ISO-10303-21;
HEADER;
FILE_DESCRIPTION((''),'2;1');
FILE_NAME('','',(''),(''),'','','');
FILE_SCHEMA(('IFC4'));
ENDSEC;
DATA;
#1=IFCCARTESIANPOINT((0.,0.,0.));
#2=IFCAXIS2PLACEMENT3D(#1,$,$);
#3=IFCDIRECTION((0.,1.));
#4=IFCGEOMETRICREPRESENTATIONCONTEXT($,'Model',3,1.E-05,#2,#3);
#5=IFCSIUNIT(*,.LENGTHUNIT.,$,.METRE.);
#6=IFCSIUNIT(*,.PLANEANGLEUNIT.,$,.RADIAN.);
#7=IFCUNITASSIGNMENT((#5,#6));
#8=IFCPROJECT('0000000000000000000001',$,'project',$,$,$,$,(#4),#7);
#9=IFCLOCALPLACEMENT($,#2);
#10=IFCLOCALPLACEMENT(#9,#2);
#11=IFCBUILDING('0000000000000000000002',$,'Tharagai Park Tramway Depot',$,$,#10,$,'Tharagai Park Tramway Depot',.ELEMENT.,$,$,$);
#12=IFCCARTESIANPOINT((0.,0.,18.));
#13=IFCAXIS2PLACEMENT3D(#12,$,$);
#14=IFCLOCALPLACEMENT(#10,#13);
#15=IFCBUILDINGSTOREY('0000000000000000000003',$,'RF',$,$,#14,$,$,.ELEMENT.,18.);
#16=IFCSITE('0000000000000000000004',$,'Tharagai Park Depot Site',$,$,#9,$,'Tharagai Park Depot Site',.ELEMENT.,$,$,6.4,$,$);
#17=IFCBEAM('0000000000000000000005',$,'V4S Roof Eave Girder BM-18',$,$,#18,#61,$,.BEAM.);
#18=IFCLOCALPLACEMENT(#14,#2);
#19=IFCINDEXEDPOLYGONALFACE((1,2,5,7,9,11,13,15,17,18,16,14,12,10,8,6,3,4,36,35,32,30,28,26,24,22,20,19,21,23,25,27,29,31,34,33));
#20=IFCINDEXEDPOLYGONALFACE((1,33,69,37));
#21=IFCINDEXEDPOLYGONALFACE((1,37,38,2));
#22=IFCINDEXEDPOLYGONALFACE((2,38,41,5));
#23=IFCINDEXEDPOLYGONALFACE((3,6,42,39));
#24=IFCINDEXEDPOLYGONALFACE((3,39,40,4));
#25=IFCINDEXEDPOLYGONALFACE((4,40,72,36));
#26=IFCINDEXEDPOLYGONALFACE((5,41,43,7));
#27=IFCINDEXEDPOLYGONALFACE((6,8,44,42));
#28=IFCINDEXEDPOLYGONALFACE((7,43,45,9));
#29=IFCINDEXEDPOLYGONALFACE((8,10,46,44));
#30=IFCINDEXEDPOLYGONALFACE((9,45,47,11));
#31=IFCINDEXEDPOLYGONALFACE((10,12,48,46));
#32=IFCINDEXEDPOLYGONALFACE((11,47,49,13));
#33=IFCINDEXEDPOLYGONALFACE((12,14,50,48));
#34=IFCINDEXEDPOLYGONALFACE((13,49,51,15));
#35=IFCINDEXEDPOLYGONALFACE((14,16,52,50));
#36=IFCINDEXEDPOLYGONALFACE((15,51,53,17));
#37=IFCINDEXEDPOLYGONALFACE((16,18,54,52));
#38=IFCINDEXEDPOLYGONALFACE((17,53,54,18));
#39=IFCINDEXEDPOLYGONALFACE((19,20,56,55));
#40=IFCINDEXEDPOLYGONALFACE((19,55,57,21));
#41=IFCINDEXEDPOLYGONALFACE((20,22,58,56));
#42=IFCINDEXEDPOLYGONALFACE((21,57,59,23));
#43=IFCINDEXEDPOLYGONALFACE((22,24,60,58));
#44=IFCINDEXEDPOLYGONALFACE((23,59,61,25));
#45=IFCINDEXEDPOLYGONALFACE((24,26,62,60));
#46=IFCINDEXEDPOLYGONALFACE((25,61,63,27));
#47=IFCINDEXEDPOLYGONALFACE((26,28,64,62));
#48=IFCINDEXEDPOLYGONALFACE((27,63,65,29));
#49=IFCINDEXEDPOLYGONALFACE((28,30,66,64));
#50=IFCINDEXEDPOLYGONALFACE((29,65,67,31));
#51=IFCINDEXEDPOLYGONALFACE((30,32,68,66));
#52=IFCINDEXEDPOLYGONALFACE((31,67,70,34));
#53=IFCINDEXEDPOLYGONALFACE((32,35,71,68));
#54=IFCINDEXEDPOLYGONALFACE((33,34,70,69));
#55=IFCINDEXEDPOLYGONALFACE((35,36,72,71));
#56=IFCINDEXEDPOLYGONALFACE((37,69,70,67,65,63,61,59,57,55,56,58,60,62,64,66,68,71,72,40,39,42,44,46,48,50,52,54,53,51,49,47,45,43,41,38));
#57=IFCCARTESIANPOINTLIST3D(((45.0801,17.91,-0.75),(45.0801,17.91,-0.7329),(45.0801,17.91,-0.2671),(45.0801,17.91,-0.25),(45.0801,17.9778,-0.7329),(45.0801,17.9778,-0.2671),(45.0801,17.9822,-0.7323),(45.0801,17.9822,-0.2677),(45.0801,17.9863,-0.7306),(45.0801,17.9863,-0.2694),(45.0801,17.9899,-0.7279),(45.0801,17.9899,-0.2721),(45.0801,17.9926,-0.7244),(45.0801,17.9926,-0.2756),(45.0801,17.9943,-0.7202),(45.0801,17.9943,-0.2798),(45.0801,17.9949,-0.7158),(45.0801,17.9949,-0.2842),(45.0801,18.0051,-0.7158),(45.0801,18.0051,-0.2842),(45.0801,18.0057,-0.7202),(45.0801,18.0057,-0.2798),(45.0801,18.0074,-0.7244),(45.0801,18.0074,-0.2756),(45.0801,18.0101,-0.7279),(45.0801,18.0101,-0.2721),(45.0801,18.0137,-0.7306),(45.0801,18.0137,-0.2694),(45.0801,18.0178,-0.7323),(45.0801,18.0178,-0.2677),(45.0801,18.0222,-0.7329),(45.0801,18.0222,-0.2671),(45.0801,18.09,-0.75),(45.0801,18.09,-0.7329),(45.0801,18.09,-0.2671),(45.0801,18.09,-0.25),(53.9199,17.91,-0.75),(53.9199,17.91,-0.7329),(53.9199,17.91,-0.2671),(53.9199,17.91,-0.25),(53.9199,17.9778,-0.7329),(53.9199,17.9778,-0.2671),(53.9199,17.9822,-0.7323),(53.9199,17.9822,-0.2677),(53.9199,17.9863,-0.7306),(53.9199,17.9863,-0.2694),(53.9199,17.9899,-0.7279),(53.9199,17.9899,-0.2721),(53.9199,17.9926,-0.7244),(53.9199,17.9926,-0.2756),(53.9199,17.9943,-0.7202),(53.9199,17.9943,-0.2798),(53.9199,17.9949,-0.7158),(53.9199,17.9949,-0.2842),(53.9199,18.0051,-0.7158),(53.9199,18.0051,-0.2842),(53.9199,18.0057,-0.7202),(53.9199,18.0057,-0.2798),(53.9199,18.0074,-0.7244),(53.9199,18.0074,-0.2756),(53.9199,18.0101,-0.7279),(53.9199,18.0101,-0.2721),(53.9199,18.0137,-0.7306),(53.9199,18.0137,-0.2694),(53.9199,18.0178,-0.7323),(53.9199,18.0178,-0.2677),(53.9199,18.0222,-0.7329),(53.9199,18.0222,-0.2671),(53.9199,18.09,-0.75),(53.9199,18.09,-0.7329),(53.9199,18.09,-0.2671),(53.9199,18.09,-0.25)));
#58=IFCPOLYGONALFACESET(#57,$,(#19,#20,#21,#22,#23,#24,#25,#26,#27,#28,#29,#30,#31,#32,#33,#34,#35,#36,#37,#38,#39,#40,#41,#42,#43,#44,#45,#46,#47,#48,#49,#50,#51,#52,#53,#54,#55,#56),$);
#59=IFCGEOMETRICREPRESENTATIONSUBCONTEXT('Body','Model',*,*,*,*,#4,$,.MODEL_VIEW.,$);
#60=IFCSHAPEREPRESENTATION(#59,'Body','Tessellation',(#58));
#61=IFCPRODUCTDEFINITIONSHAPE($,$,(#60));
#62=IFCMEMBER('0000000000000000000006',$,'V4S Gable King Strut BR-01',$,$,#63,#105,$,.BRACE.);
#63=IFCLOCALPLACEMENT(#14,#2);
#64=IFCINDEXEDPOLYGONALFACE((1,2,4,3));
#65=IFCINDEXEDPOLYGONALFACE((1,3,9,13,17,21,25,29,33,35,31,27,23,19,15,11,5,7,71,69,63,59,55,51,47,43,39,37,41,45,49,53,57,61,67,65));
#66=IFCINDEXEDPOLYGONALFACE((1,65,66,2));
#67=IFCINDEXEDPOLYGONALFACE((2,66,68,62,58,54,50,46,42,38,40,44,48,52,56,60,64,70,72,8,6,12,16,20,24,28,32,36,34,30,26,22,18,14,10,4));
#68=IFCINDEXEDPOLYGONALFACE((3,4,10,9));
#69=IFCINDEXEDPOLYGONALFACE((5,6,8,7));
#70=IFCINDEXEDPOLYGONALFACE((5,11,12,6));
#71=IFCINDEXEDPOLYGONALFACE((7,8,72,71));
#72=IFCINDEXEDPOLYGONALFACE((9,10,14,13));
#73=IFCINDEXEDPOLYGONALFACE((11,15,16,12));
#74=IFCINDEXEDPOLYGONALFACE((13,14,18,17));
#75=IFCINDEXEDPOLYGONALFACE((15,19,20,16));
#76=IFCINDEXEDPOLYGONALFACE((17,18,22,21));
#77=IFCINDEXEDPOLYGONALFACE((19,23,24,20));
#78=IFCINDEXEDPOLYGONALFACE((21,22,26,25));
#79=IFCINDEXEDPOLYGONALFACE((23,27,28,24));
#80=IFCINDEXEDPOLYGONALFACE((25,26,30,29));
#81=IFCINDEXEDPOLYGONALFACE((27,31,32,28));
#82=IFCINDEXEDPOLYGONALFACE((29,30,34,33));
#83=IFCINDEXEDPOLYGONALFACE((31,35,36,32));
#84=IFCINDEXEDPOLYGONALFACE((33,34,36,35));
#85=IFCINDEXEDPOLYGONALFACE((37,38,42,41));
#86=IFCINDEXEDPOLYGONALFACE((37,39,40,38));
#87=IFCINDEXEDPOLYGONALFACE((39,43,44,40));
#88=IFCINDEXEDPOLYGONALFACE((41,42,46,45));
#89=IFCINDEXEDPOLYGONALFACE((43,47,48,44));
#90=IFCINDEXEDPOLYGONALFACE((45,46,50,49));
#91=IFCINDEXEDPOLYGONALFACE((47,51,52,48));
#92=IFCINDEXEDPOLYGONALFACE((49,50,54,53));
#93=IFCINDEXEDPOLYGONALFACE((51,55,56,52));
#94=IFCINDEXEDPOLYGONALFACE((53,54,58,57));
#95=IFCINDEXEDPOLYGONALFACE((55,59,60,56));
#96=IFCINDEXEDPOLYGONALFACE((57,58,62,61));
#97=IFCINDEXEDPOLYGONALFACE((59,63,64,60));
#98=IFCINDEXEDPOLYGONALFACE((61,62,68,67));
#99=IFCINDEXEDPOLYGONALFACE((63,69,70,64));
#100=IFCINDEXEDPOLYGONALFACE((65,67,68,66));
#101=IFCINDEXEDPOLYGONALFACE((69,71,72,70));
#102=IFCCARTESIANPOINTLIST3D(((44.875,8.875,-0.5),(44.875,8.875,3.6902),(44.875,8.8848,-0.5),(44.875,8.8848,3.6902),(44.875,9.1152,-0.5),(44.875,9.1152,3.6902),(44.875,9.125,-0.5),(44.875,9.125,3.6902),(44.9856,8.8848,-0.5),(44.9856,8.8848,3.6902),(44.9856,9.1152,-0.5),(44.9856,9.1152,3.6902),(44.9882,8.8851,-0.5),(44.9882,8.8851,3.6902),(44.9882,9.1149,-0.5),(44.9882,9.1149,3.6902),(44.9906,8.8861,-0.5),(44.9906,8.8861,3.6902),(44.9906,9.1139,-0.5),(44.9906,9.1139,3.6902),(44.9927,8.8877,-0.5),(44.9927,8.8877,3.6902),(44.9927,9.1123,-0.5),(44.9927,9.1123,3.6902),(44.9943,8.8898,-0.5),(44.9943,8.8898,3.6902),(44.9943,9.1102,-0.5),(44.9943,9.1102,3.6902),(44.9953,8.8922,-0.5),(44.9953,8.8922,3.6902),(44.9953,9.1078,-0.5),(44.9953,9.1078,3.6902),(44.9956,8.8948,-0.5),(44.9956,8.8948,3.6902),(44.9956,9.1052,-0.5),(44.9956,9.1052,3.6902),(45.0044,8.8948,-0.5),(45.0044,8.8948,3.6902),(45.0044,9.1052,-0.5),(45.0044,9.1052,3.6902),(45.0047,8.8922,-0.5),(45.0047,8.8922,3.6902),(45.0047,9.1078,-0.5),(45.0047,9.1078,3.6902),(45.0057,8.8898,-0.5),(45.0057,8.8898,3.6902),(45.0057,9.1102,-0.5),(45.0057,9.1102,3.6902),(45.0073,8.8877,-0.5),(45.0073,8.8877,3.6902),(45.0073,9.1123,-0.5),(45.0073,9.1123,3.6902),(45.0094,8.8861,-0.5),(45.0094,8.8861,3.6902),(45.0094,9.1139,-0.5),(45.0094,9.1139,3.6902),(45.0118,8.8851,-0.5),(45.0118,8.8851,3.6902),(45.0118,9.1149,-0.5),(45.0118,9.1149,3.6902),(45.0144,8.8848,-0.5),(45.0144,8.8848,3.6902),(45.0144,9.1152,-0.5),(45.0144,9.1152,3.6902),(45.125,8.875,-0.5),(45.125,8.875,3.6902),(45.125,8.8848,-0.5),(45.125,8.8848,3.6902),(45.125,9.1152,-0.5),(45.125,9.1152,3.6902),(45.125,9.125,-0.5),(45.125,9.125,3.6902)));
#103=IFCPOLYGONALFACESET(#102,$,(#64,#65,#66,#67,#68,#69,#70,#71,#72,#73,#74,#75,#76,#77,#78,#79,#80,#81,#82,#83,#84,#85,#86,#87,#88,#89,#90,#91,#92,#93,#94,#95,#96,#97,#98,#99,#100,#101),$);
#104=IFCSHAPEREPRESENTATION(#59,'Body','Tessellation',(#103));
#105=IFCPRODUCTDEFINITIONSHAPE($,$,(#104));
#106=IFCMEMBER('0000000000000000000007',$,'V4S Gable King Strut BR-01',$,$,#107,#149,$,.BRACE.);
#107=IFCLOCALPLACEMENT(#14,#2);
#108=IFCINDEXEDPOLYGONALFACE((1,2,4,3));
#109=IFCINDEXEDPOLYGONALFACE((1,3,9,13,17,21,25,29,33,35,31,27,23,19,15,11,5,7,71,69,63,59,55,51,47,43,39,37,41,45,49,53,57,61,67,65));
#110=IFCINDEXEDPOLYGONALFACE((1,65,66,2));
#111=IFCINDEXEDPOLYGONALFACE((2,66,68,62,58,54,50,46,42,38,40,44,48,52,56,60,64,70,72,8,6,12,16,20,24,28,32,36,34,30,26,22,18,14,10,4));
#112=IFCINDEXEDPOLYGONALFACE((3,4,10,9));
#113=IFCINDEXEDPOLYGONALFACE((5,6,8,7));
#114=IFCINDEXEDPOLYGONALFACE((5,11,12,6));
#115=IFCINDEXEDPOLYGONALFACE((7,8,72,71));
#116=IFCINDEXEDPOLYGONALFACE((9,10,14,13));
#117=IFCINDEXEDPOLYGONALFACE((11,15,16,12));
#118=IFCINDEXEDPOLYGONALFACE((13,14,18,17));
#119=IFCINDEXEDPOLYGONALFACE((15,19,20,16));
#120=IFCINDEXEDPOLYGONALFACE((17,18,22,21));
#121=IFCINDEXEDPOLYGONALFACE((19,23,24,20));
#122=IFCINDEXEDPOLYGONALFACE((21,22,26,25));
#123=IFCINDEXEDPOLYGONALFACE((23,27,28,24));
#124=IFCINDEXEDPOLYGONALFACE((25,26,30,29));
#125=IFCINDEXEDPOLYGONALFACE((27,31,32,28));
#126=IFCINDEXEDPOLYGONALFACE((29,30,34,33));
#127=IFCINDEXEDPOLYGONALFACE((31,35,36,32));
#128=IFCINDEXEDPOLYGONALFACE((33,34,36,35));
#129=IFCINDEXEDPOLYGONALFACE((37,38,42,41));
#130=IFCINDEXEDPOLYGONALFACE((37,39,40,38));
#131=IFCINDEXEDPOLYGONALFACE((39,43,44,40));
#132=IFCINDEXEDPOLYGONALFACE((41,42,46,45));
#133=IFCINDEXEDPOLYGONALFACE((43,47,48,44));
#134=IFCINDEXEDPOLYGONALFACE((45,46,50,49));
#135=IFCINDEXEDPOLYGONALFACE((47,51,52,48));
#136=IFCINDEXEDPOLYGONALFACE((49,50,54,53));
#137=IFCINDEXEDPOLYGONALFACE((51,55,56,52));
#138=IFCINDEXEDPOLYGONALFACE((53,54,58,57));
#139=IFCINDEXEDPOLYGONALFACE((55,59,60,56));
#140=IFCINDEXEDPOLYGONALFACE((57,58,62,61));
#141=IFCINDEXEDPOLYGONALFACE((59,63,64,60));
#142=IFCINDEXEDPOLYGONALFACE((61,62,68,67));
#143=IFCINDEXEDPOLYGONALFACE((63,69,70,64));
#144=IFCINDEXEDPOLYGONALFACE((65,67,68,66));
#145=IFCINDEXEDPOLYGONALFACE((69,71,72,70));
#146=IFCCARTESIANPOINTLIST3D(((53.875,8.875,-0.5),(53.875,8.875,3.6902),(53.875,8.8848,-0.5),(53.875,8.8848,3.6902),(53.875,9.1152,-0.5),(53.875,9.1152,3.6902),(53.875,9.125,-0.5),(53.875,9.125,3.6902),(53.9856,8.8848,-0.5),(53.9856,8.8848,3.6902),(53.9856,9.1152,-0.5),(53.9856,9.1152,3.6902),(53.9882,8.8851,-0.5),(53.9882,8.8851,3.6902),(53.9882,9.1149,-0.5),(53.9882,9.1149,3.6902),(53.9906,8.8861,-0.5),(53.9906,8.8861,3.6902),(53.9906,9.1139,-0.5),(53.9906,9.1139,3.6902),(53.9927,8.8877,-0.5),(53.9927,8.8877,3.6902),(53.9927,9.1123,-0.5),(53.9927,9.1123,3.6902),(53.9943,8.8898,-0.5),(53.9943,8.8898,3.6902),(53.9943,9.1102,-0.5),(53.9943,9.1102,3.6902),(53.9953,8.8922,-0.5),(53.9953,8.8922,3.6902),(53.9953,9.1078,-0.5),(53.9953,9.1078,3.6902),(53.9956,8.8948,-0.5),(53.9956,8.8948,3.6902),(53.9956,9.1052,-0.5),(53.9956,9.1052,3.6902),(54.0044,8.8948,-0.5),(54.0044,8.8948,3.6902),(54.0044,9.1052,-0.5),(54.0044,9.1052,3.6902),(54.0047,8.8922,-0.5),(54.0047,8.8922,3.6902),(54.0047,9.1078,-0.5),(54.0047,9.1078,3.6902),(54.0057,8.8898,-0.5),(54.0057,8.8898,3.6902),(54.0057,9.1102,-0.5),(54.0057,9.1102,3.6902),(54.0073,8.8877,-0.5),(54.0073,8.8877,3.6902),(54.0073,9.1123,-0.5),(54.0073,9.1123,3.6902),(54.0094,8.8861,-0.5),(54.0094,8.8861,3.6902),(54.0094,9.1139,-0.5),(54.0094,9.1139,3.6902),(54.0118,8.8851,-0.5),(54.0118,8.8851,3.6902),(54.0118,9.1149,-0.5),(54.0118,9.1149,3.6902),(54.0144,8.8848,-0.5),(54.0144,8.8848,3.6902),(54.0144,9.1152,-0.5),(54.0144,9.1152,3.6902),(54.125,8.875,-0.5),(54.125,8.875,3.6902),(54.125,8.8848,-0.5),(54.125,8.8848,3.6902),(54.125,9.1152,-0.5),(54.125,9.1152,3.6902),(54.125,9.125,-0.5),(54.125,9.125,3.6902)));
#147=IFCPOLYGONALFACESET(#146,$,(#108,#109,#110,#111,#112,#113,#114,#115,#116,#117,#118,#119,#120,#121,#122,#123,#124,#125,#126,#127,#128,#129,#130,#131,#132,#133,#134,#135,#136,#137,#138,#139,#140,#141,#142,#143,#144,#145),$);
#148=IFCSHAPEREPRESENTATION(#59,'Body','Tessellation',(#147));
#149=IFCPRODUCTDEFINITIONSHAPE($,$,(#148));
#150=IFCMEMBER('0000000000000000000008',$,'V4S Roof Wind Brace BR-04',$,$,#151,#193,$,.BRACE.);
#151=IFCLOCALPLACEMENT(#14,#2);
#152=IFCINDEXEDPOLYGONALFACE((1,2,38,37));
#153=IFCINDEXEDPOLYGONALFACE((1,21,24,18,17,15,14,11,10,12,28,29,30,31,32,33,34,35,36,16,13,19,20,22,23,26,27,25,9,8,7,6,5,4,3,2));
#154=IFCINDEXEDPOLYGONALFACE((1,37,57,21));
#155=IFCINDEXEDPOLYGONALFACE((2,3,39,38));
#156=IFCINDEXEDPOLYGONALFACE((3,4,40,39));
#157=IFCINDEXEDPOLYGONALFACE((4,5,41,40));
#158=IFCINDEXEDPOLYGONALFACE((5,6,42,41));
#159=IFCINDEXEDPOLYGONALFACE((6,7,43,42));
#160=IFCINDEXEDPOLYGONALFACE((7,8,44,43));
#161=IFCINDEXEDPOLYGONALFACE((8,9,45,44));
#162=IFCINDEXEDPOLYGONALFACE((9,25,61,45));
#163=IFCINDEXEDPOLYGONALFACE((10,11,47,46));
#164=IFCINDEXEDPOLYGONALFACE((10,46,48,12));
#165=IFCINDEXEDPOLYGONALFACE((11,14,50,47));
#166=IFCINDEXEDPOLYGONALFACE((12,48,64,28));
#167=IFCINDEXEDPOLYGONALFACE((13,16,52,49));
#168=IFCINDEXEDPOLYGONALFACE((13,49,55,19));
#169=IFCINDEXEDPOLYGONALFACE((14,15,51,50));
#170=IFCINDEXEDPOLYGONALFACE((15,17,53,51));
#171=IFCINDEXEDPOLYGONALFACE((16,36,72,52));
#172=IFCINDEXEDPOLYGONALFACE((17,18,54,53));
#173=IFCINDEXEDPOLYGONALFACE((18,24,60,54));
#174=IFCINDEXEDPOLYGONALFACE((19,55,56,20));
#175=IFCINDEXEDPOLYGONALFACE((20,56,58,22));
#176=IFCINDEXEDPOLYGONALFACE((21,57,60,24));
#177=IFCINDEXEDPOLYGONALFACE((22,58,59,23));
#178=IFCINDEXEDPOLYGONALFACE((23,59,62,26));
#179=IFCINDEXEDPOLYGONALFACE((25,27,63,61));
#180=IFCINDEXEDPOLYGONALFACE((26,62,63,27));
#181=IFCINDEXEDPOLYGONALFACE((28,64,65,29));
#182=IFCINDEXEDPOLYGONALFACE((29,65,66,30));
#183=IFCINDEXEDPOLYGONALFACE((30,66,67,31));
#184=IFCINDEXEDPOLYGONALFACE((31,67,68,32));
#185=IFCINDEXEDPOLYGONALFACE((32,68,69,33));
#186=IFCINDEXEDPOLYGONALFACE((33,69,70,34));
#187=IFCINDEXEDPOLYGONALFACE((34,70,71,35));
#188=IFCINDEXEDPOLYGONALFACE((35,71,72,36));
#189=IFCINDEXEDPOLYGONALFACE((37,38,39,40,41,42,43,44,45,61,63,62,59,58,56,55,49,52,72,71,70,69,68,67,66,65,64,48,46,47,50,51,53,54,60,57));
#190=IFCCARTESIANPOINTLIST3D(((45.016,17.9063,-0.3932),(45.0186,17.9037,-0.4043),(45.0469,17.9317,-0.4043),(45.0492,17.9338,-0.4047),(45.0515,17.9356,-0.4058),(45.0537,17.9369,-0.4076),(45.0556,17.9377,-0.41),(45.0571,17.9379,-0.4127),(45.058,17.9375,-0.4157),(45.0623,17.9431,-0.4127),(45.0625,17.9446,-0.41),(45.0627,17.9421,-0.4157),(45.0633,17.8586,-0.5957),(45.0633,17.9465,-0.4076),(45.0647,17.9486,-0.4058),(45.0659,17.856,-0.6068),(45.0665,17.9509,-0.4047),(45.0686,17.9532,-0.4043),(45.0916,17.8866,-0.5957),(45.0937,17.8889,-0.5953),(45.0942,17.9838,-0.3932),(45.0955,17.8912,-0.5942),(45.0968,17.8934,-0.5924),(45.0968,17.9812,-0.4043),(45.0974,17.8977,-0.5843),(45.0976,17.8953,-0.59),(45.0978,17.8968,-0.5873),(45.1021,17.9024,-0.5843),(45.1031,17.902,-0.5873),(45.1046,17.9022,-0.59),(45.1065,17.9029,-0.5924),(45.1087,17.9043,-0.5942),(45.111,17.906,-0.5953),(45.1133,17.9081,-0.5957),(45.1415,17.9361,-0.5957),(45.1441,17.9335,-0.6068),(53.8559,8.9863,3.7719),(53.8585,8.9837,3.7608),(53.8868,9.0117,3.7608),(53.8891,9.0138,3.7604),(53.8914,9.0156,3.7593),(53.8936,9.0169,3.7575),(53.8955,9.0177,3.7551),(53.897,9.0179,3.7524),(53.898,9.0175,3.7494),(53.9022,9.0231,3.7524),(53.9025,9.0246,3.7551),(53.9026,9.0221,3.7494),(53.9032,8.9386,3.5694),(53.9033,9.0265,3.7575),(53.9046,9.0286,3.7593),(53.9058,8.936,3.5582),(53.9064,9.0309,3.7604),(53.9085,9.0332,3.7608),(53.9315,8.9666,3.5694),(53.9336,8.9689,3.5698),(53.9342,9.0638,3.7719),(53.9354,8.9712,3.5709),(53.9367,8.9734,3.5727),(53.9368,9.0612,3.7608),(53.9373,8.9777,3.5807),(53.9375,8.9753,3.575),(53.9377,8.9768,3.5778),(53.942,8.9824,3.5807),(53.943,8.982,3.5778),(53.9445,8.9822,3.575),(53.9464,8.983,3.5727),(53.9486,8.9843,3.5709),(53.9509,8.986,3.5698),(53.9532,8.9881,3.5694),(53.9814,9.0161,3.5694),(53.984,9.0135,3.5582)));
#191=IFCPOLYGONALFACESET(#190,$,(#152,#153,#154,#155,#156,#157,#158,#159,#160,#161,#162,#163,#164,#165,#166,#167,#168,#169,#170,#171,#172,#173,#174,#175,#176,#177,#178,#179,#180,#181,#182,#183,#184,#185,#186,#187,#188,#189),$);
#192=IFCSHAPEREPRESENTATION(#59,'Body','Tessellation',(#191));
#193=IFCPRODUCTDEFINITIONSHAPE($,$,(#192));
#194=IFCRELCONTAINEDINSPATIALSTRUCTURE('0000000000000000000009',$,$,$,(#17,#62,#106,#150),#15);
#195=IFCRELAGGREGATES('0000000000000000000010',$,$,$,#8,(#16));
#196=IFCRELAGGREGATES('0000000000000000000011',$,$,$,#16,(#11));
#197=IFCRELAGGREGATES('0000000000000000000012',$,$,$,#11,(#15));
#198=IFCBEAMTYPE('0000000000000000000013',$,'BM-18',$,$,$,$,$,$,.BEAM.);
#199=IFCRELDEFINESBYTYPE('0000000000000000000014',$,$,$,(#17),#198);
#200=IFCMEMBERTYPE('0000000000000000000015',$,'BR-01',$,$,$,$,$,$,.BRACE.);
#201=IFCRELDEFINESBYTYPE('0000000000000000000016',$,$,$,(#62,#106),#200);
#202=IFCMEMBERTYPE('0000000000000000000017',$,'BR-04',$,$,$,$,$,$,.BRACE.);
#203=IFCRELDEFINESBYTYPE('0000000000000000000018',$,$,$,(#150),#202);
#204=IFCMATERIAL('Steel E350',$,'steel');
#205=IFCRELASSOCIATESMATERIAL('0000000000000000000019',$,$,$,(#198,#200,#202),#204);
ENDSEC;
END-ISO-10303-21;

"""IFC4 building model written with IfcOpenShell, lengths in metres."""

from ifc_helpers import new_model, si_unit, direction, frame, origin, origin_2d, place, context, subcontext, project, spatial, i_section, extrude, material, material_profile, profile_set, type_object, element, save


model = new_model("IFC4")

# Units and contexts
model_context = context("Model", 3, precision=1e-05, world=origin(), true_north=direction((0.0, 1.0)))
body_context = subcontext(model_context, "Body", "Model", "MODEL_VIEW")
ifc_project = project(units=[si_unit("LENGTHUNIT", "METRE"), si_unit("PLANEANGLEUNIT", "RADIAN")], contexts=[model_context])

# Site, building, storey
site_placement = place(None, origin())
site = spatial("IfcSite", under=ifc_project, at=site_placement, Name="Tharagai Park Depot Site", LongName="Tharagai Park Depot Site", CompositionType="ELEMENT", RefElevation=6.4)
building_placement = place(site_placement, origin())
building = spatial("IfcBuilding", under=site, at=building_placement, Name="Tharagai Park Tramway Depot", LongName="Tharagai Park Tramway Depot", CompositionType="ELEMENT")
storey_placement = place(building_placement, frame((0.0, 0.0, 18.0)))
storey = spatial("IfcBuildingStorey", under=building, at=storey_placement, Name="RF", CompositionType="ELEMENT", Elevation=18.0)

# Beam
ifc_material_1 = material(Name="Steel E350", Category="steel")
ifc_material_profile_1 = material_profile(ifc_material_1, i_section(OverallWidth=0.1799, OverallDepth=0.5, WebThickness=0.0103, FlangeThickness=0.0171, FilletRadius=0.0171, at=origin_2d()), Name="ISMB 500")
ifc_profile_set_1 = profile_set([ifc_material_profile_1], Name="Steel E350")
beam_type_1 = type_object("IfcBeamType", Name="BM-18", PredefinedType="BEAM", material=ifc_profile_set_1)
for number, where, z_axis, x_axis, name in (
    (1, (45.0801, 18.0, -0.5), (1.0, 0.0, 0.0), (0.0, 1.0, 0.0), "V4S Roof Eave Girder BM-18"),
):
    element("IfcBeam", number, at=place(storey_placement, frame(where, z_axis=z_axis, x_axis=x_axis)), inside=storey, type_object=beam_type_1, Name=name, PredefinedType="BEAM", context=body_context, shape_type="SweptSolid", body=[
        extrude(i_section(OverallWidth=0.1799, OverallDepth=0.5, WebThickness=0.0103, FlangeThickness=0.0171, FilletRadius=0.0171, at=origin_2d()), origin(), (0.0, 0.0, 1.0), 8.8398),
    ])

# Members
ifc_material_profile_2 = material_profile(ifc_material_1, i_section(OverallWidth=0.25, OverallDepth=0.25, WebThickness=0.0088, FlangeThickness=0.0098, FilletRadius=0.01, at=origin_2d()), Name="ISHB 250")
ifc_profile_set_2 = profile_set([ifc_material_profile_2], Name="Steel E350")
member_type_1 = type_object("IfcMemberType", Name="BR-01", PredefinedType="BRACE", material=ifc_profile_set_2)
for number, where, z_axis, x_axis, name in (
    (2, (45.0, 9.0, -0.5), (0.0, 0.0, 1.0), (1.0, 0.0, 0.0), "V4S Gable King Strut BR-01"),
    (3, (54.0, 9.0, -0.5), (0.0, 0.0, 1.0), (1.0, 0.0, 0.0), "V4S Gable King Strut BR-01"),
):
    element("IfcMember", number, at=place(storey_placement, frame(where, z_axis=z_axis, x_axis=x_axis)), inside=storey, type_object=member_type_1, Name=name, PredefinedType="BRACE", context=body_context, shape_type="SweptSolid", body=[
        extrude(i_section(OverallWidth=0.25, OverallDepth=0.25, WebThickness=0.0088, FlangeThickness=0.0098, FilletRadius=0.01, at=origin_2d()), origin(), (0.0, 0.0, 1.0), 4.1902),
    ])
ifc_material_profile_3 = material_profile(ifc_material_1, i_section(OverallWidth=0.1101, OverallDepth=0.2251, WebThickness=0.0066, FlangeThickness=0.0117, FilletRadius=0.012, at=origin_2d()), Name="ISMB 225")
ifc_profile_set_3 = profile_set([ifc_material_profile_3], Name="Steel E350")
member_type_2 = type_object("IfcMemberType", Name="BR-04", PredefinedType="BRACE", material=ifc_profile_set_3)
member_1_placement = place(storey_placement, frame((45.0801, 17.9199, -0.5), z_axis=(0.668124, -0.674176, 0.314798), x_axis=(0.710288, 0.703911, 0.0)))
element("IfcMember", 4, at=member_1_placement, inside=storey, type_object=member_type_2, Name="V4S Roof Wind Brace BR-04", PredefinedType="BRACE", context=body_context, shape_type="SweptSolid", body=[
    extrude(i_section(OverallWidth=0.1101, OverallDepth=0.2251, WebThickness=0.0066, FlangeThickness=0.0117, FilletRadius=0.012, at=origin_2d()), origin(), (0.0, 0.0, 1.0), 13.231),
])

save(model, "model.ifc")
